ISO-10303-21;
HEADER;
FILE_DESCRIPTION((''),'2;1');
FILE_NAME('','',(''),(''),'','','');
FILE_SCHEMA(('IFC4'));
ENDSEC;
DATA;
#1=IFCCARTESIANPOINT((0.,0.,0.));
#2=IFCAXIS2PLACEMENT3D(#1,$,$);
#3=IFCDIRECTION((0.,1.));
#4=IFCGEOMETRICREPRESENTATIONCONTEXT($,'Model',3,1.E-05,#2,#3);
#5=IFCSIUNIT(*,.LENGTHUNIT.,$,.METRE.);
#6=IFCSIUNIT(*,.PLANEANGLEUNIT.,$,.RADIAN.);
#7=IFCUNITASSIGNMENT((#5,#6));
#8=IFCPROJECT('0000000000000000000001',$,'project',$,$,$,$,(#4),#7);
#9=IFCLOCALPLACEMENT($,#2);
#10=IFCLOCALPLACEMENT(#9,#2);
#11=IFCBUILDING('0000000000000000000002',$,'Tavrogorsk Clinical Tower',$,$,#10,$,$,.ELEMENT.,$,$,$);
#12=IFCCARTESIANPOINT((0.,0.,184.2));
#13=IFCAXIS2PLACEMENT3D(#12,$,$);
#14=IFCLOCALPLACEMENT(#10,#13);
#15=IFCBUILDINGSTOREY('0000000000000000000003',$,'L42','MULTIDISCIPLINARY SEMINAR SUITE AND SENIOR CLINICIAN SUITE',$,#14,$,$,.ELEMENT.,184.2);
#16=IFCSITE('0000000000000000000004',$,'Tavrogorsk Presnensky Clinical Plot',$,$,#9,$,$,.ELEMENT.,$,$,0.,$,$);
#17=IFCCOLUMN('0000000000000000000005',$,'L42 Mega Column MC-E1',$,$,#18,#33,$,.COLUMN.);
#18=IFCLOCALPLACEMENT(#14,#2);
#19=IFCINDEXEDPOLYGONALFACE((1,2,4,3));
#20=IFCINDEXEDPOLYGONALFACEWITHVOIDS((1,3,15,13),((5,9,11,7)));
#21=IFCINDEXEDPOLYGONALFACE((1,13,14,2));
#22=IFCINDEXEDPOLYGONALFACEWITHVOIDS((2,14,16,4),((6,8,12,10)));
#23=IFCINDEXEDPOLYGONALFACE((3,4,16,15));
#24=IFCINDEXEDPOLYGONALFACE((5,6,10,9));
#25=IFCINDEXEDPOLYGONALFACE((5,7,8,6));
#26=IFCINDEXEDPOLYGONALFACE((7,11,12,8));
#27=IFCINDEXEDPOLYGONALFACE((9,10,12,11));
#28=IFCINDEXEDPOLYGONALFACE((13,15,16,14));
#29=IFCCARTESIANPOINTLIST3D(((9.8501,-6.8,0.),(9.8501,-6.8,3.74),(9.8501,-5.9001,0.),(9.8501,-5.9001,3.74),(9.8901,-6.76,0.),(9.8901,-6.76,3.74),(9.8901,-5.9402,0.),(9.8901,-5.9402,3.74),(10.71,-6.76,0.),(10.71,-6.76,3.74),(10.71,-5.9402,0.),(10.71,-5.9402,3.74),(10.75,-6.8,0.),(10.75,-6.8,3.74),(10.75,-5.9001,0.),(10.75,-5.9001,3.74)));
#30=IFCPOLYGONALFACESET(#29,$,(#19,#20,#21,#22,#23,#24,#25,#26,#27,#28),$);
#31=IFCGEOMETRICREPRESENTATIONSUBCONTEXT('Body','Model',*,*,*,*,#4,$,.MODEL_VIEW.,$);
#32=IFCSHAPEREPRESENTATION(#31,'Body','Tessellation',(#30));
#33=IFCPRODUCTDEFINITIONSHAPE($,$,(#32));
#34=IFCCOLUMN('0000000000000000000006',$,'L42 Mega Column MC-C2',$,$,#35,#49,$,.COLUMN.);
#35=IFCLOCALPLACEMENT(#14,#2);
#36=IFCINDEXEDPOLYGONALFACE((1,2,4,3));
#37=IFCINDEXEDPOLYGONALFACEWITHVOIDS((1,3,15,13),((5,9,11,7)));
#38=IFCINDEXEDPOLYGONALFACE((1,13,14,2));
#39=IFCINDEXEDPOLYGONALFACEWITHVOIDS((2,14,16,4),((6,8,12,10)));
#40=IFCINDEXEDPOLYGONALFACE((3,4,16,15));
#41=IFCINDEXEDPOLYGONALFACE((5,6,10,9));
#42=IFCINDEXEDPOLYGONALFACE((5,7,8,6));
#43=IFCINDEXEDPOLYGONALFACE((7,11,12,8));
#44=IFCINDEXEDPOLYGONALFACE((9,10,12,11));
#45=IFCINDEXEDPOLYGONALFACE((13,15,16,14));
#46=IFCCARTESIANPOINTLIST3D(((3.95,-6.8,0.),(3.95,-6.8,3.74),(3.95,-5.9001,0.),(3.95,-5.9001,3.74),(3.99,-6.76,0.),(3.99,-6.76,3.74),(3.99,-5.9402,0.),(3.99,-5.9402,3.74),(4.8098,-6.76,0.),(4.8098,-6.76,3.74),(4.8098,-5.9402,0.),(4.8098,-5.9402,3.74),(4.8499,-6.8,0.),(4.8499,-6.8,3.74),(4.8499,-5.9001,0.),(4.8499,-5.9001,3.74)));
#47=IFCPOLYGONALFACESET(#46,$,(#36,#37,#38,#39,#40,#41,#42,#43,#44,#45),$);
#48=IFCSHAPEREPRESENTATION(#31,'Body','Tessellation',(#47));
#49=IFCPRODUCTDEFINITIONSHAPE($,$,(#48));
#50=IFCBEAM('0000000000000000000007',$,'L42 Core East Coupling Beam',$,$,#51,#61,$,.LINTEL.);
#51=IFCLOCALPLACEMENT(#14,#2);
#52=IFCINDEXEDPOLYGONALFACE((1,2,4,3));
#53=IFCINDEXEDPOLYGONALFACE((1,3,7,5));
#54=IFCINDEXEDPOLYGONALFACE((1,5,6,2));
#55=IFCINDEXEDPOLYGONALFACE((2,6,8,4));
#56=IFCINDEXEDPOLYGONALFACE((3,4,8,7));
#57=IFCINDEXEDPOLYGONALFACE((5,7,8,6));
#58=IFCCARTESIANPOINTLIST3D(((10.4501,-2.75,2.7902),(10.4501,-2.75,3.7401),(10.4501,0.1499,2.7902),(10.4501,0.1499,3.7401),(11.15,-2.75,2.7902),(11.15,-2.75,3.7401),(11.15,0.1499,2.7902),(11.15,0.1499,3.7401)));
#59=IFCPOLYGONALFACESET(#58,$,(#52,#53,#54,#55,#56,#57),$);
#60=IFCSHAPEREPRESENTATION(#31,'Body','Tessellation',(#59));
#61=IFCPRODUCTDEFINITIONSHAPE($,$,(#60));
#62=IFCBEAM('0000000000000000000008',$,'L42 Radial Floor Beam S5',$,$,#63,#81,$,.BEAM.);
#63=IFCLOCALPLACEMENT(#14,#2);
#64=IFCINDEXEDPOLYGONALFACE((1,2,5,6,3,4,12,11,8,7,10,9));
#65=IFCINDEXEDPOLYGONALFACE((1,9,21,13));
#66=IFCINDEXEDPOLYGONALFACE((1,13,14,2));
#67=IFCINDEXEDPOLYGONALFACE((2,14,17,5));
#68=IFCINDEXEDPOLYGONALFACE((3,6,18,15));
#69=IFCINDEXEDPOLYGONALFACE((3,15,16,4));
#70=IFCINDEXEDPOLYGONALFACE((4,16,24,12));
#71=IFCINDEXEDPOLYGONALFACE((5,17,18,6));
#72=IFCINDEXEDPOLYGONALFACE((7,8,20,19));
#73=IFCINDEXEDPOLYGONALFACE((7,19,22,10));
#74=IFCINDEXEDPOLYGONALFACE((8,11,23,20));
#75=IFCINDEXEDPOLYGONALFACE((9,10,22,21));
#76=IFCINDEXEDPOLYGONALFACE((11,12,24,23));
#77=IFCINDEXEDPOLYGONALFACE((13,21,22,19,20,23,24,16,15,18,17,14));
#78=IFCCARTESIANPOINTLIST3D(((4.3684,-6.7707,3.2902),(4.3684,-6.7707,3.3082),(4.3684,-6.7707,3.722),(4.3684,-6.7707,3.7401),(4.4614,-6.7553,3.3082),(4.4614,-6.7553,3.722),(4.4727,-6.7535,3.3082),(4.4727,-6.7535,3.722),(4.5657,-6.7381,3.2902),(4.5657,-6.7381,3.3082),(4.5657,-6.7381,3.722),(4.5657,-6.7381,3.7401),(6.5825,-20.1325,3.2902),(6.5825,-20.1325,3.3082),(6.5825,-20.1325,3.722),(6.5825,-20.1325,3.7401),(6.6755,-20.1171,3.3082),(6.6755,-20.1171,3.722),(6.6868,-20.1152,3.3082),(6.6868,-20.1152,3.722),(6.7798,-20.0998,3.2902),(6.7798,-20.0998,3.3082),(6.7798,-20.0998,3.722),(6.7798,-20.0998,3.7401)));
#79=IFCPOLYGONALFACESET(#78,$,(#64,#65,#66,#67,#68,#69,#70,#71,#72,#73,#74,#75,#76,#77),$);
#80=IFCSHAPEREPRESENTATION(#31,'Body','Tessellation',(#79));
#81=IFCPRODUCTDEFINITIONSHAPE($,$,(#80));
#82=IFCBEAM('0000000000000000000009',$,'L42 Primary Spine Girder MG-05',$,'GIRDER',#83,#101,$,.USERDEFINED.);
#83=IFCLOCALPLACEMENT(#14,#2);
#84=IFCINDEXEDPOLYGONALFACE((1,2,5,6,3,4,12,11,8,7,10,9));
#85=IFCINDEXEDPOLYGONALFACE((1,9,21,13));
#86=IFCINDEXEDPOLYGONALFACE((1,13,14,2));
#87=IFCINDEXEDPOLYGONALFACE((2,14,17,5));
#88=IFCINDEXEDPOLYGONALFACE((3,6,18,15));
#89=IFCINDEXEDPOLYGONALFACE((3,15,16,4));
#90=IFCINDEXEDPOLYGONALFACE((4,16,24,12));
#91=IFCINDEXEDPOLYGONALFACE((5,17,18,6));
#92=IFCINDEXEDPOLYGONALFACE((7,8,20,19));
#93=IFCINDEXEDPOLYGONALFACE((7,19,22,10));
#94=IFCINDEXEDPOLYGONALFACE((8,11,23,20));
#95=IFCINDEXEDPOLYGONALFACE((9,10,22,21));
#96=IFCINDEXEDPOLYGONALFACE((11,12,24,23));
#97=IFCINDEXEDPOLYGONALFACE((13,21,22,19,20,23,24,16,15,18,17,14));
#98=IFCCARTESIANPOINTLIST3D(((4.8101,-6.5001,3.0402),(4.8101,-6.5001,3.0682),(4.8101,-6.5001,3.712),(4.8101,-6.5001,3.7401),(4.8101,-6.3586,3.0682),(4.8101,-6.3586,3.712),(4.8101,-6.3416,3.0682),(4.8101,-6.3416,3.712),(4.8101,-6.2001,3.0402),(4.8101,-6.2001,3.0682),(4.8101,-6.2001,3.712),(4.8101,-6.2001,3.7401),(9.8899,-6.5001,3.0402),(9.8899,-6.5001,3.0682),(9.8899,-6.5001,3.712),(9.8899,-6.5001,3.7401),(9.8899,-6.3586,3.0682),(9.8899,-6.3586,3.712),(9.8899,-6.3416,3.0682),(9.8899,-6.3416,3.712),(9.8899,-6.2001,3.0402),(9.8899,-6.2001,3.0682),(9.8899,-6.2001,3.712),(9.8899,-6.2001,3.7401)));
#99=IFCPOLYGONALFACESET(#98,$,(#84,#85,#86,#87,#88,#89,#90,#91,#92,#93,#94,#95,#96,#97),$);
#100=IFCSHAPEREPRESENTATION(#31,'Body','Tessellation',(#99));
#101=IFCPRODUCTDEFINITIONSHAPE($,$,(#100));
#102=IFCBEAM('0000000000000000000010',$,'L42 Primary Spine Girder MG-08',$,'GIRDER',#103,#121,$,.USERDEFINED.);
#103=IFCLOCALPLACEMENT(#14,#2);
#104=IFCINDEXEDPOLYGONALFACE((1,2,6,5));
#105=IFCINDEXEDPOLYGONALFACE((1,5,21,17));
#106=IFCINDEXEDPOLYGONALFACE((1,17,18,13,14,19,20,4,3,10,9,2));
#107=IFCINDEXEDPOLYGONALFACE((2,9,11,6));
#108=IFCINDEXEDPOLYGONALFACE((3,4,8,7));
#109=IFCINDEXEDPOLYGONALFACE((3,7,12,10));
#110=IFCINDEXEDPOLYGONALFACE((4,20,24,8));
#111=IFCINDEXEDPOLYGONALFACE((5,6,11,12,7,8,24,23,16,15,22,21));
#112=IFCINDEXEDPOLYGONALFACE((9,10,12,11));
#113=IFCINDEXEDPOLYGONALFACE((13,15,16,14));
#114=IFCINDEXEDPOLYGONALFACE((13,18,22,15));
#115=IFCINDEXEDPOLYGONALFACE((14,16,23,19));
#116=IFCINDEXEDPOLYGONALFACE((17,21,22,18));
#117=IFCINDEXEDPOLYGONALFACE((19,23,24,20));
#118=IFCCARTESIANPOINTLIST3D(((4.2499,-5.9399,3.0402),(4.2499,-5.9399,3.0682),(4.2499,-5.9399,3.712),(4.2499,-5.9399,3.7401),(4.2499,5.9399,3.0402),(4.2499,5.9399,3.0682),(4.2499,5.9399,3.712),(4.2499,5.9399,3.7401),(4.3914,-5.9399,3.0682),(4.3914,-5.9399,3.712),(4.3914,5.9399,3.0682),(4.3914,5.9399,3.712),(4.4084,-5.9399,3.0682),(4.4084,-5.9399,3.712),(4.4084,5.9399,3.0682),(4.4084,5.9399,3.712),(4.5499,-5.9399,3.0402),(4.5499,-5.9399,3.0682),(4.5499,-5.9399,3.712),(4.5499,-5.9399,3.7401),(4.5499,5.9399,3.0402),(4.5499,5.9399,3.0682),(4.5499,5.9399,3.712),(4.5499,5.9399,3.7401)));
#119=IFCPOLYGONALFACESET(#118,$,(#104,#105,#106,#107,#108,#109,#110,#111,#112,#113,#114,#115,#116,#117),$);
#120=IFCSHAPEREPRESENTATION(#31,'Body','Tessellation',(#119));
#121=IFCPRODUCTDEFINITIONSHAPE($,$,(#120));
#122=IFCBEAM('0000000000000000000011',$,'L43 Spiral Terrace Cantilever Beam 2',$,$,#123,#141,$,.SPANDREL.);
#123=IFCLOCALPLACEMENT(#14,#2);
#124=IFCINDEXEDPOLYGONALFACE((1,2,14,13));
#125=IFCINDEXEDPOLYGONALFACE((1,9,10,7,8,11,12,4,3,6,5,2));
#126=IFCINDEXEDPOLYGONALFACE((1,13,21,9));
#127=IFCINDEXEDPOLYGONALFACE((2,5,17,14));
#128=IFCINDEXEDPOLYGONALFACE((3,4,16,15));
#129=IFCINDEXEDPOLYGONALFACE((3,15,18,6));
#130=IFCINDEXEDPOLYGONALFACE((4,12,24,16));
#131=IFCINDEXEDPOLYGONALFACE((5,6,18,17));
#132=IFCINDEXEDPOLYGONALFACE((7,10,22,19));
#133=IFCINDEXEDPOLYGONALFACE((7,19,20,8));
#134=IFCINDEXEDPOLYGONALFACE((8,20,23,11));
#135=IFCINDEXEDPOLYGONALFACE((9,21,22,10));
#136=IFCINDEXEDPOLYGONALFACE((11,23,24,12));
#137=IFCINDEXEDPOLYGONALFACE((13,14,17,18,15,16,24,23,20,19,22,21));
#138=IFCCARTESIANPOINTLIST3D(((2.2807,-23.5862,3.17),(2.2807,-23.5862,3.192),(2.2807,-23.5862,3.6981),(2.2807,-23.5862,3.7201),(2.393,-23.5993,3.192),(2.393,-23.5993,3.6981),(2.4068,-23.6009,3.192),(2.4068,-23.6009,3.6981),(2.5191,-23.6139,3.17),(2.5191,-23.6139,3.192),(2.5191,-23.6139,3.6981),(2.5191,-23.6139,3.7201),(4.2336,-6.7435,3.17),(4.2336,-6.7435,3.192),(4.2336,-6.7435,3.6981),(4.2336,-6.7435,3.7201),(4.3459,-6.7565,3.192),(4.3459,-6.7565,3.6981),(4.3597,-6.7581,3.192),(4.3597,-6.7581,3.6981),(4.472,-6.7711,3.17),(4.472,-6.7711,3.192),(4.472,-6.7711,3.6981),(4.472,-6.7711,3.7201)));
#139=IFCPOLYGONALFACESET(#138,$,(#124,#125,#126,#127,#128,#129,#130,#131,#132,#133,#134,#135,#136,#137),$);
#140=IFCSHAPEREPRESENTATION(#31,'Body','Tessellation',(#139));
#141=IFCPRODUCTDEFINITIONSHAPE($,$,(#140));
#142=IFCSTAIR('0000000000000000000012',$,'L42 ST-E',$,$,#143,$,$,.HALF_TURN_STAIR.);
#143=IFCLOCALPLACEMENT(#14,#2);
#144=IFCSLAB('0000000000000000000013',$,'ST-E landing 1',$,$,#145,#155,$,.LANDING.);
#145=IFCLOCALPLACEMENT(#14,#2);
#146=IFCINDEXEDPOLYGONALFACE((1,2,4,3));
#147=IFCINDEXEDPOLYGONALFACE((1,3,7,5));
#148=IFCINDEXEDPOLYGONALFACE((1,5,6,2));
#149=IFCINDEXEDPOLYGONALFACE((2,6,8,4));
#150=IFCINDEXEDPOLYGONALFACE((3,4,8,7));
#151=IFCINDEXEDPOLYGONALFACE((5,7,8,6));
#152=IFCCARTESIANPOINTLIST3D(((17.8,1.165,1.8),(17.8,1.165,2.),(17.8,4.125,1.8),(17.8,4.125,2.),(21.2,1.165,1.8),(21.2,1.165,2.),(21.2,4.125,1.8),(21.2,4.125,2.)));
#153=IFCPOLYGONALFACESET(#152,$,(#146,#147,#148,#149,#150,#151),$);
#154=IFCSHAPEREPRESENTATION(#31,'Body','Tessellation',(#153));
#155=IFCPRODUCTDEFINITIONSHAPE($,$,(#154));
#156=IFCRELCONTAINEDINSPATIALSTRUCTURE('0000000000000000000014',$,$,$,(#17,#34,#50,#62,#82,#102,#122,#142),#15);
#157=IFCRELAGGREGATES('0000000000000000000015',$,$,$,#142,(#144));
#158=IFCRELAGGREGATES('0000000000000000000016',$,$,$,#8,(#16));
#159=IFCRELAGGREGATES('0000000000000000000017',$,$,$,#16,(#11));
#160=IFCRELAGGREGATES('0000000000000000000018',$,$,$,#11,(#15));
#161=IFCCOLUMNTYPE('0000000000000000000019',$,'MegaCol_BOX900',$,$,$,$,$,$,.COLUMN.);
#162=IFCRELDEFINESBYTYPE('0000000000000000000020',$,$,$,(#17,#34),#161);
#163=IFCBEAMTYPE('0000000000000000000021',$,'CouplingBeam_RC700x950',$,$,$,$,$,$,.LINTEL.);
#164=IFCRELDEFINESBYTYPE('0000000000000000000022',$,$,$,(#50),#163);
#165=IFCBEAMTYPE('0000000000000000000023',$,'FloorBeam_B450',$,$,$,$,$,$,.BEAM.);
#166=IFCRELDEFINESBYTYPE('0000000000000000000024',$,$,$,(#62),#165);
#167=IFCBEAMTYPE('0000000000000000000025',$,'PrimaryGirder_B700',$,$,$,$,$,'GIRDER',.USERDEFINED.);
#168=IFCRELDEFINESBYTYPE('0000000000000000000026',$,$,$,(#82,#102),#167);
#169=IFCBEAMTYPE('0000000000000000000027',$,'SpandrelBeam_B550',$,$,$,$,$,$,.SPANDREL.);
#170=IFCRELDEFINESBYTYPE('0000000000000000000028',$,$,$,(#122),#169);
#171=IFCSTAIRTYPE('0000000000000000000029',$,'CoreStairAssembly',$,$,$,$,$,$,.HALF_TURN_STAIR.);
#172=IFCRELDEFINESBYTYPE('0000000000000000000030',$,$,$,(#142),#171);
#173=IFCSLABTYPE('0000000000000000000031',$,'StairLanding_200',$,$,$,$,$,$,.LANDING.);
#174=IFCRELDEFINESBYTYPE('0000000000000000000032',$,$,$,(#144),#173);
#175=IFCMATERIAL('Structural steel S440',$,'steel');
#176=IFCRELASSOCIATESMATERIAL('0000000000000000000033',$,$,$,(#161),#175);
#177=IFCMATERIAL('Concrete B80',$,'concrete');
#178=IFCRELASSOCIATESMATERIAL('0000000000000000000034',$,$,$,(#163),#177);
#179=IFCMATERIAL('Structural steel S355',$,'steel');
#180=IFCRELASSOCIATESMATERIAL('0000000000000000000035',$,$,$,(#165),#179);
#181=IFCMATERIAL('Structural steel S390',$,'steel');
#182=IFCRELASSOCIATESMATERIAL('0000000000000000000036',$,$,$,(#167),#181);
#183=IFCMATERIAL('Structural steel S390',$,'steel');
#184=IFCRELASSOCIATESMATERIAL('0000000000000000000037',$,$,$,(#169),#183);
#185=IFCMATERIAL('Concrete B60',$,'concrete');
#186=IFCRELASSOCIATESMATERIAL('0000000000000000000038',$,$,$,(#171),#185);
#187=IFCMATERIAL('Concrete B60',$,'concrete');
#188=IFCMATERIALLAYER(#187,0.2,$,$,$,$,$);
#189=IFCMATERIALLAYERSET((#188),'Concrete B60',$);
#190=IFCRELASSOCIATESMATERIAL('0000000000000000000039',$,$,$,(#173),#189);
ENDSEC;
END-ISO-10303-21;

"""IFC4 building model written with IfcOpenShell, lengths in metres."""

from ifc_helpers import new_model, si_unit, direction, frame, origin, origin_2d, place, context, subcontext, project, spatial, polyline, rectangle, hollow_rectangle, i_section, outline, extrude, material, layer, layer_set, material_profile, profile_set, type_object, element, aggregate, save


model = new_model("IFC4")

# Units and contexts
model_context = context("Model", 3, precision=1e-05, world=origin(), true_north=direction((0.0, 1.0)))
body_context = subcontext(model_context, "Body", "Model", "MODEL_VIEW")
ifc_project = project(units=[si_unit("LENGTHUNIT", "METRE"), si_unit("PLANEANGLEUNIT", "RADIAN")], contexts=[model_context])

# Site, building, storey
site_placement = place(None, origin())
site = spatial("IfcSite", under=ifc_project, at=site_placement, Name="Tavrogorsk Presnensky Clinical Plot", CompositionType="ELEMENT", RefElevation=0.0)
building_placement = place(site_placement, origin())
building = spatial("IfcBuilding", under=site, at=building_placement, Name="Tavrogorsk Clinical Tower", CompositionType="ELEMENT")
storey_placement = place(building_placement, frame((0.0, 0.0, 184.2)))
storey = spatial("IfcBuildingStorey", under=building, at=storey_placement, Name="L42", Description="MULTIDISCIPLINARY SEMINAR SUITE AND SENIOR CLINICIAN SUITE", CompositionType="ELEMENT", Elevation=184.2)

# Columns
ifc_material_1 = material(Name="Structural steel S440", Category="steel")
ifc_material_profile_1 = material_profile(ifc_material_1, hollow_rectangle(XDim=0.8999, YDim=0.8999, WallThickness=0.04, at=origin_2d()), Name="BOX-900x900x40")
ifc_profile_set_1 = profile_set([ifc_material_profile_1], Name="Structural steel S440")
column_type = type_object("IfcColumnType", Name="MegaCol_BOX900", PredefinedType="COLUMN", material=ifc_profile_set_1)
for number, where, z_axis, x_axis, name in (
    (1, (10.3, -6.3501, 0.0), (0.0, 0.0, 1.0), (1.0, 0.0, 0.0), "L42 Mega Column MC-E1"),
    (2, (4.3999, -6.3501, 0.0), (0.0, 0.0, 1.0), (1.0, 0.0, 0.0), "L42 Mega Column MC-C2"),
):
    element("IfcColumn", number, at=place(storey_placement, frame(where, z_axis=z_axis, x_axis=x_axis)), inside=storey, type_object=column_type, Name=name, PredefinedType="COLUMN", context=body_context, shape_type="SweptSolid", body=[
        extrude(hollow_rectangle(XDim=0.8999, YDim=0.8999, WallThickness=0.04, at=origin_2d()), origin(), (0.0, 0.0, 1.0), 3.74),
    ])

# Beams
ifc_material_2 = material(Name="Concrete B80", Category="concrete")
ifc_material_profile_2 = material_profile(ifc_material_2, rectangle(XDim=0.7, YDim=0.95, at=origin_2d()), Name="RC-CB-700x950")
ifc_profile_set_2 = profile_set([ifc_material_profile_2], Name="Concrete B80")
beam_type_1 = type_object("IfcBeamType", Name="CouplingBeam_RC700x950", PredefinedType="LINTEL", material=ifc_profile_set_2)
beam_1_placement = place(storey_placement, frame((10.8, -2.75, 3.2651), z_axis=(0.0, 1.0, 0.0), x_axis=(-1.0, 0.0, 0.0)))
element("IfcBeam", 3, at=beam_1_placement, inside=storey, type_object=beam_type_1, Name="L42 Core East Coupling Beam", PredefinedType="LINTEL", context=body_context, shape_type="SweptSolid", body=[
    extrude(rectangle(XDim=0.7, YDim=0.95, at=origin_2d()), origin(), (0.0, 0.0, 1.0), 2.8999),
])
ifc_material_3 = material(Name="Structural steel S355", Category="steel")
ifc_material_profile_3 = material_profile(ifc_material_3, i_section(OverallWidth=0.2, OverallDepth=0.45, WebThickness=0.0115, FlangeThickness=0.0181, at=origin_2d()), Name="B-450x200x11.5x18")
ifc_profile_set_3 = profile_set([ifc_material_profile_3], Name="Structural steel S355")
beam_type_2 = type_object("IfcBeamType", Name="FloorBeam_B450", PredefinedType="BEAM", material=ifc_profile_set_3)
beam_2_placement = place(storey_placement, frame((4.467, -6.7544, 3.5151), z_axis=(0.163475, -0.986547, 0.0), x_axis=(0.986547, 0.163475, 0.0)))
element("IfcBeam", 4, at=beam_2_placement, inside=storey, type_object=beam_type_2, Name="L42 Radial Floor Beam S5", PredefinedType="BEAM", context=body_context, shape_type="SweptSolid", body=[
    extrude(i_section(OverallWidth=0.2, OverallDepth=0.45, WebThickness=0.0115, FlangeThickness=0.0181, at=origin_2d()), origin(), (0.0, 0.0, 1.0), 13.5439),
])
ifc_material_4 = material(Name="Structural steel S390", Category="steel")
ifc_material_profile_4 = material_profile(ifc_material_4, i_section(OverallWidth=0.3, OverallDepth=0.7, WebThickness=0.0171, FlangeThickness=0.0281, at=origin_2d()), Name="B-700x300x17x28")
ifc_profile_set_4 = profile_set([ifc_material_profile_4], Name="Structural steel S390")
beam_type_3 = type_object("IfcBeamType", Name="PrimaryGirder_B700", ElementType="GIRDER", PredefinedType="USERDEFINED", material=ifc_profile_set_4)
beam_3_placement = place(storey_placement, frame((4.8101, -6.3501, 3.3901), z_axis=(1.0, 0.0, 0.0), x_axis=(0.0, 1.0, 0.0)))
element("IfcBeam", 5, at=beam_3_placement, inside=storey, type_object=beam_type_3, Name="L42 Primary Spine Girder MG-05", ObjectType="GIRDER", PredefinedType="USERDEFINED", context=body_context, shape_type="SweptSolid", body=[
    extrude(i_section(OverallWidth=0.3, OverallDepth=0.7, WebThickness=0.0171, FlangeThickness=0.0281, at=origin_2d()), origin(), (0.0, 0.0, 1.0), 5.0798),
])
beam_4_placement = place(storey_placement, frame((4.3999, -5.9399, 3.3901), z_axis=(0.0, 1.0, 0.0), x_axis=(-1.0, 0.0, 0.0)))
element("IfcBeam", 6, at=beam_4_placement, inside=storey, type_object=beam_type_3, Name="L42 Primary Spine Girder MG-08", ObjectType="GIRDER", PredefinedType="USERDEFINED", context=body_context, shape_type="SweptSolid", body=[
    extrude(i_section(OverallWidth=0.3, OverallDepth=0.7, WebThickness=0.0171, FlangeThickness=0.0281, at=origin_2d()), origin(), (0.0, 0.0, 1.0), 11.8799),
])
ifc_material_5 = material(Name="Structural steel S390", Category="steel")
ifc_material_profile_5 = material_profile(ifc_material_5, i_section(OverallWidth=0.24, OverallDepth=0.55, WebThickness=0.0139, FlangeThickness=0.022, at=origin_2d()), Name="B-550x240x14x22")
ifc_profile_set_5 = profile_set([ifc_material_profile_5], Name="Structural steel S390")
beam_type_4 = type_object("IfcBeamType", Name="SpandrelBeam_B550", PredefinedType="SPANDREL", material=ifc_profile_set_5)
beam_5_placement = place(storey_placement, frame((4.3528, -6.7573, 3.4451), z_axis=(-0.115176, -0.993345, 0.0), x_axis=(0.993345, -0.115176, 0.0)))
element("IfcBeam", 7, at=beam_5_placement, inside=storey, type_object=beam_type_4, Name="L43 Spiral Terrace Cantilever Beam 2", PredefinedType="SPANDREL", context=body_context, shape_type="SweptSolid", body=[
    extrude(i_section(OverallWidth=0.24, OverallDepth=0.55, WebThickness=0.0139, FlangeThickness=0.022, at=origin_2d()), origin(), (0.0, 0.0, 1.0), 16.9556),
])

# Stair, slab
ifc_material_6 = material(Name="Concrete B60", Category="concrete")
stair_type = type_object("IfcStairType", Name="CoreStairAssembly", PredefinedType="HALF_TURN_STAIR", material=ifc_material_6)
stair_placement = place(storey_placement, origin())
stair = element("IfcStair", 8, at=stair_placement, inside=storey, type_object=stair_type, Name="L42 ST-E", PredefinedType="HALF_TURN_STAIR")
ifc_material_7 = material(Name="Concrete B60", Category="concrete")
ifc_layer_1 = layer(ifc_material_7, 0.2)
ifc_layer_set_1 = layer_set([ifc_layer_1], Name="Concrete B60")
slab_type = type_object("IfcSlabType", Name="StairLanding_200", PredefinedType="LANDING", material=ifc_layer_set_1)
slab_placement = place(storey_placement, frame((0.0, 0.0, 1.8)))
slab = element("IfcSlab", 9, at=slab_placement, type_object=slab_type, Name="ST-E landing 1", PredefinedType="LANDING", context=body_context, shape_type="SweptSolid", body=[
    extrude(outline(polyline([(21.2, 1.165), (21.2, 4.125), (17.8, 4.125), (17.8, 1.165), (21.2, 1.165)])), origin(), (0.0, 0.0, 1.0), 0.2),
])
aggregate(stair, [slab])

save(model, "model.ifc")
